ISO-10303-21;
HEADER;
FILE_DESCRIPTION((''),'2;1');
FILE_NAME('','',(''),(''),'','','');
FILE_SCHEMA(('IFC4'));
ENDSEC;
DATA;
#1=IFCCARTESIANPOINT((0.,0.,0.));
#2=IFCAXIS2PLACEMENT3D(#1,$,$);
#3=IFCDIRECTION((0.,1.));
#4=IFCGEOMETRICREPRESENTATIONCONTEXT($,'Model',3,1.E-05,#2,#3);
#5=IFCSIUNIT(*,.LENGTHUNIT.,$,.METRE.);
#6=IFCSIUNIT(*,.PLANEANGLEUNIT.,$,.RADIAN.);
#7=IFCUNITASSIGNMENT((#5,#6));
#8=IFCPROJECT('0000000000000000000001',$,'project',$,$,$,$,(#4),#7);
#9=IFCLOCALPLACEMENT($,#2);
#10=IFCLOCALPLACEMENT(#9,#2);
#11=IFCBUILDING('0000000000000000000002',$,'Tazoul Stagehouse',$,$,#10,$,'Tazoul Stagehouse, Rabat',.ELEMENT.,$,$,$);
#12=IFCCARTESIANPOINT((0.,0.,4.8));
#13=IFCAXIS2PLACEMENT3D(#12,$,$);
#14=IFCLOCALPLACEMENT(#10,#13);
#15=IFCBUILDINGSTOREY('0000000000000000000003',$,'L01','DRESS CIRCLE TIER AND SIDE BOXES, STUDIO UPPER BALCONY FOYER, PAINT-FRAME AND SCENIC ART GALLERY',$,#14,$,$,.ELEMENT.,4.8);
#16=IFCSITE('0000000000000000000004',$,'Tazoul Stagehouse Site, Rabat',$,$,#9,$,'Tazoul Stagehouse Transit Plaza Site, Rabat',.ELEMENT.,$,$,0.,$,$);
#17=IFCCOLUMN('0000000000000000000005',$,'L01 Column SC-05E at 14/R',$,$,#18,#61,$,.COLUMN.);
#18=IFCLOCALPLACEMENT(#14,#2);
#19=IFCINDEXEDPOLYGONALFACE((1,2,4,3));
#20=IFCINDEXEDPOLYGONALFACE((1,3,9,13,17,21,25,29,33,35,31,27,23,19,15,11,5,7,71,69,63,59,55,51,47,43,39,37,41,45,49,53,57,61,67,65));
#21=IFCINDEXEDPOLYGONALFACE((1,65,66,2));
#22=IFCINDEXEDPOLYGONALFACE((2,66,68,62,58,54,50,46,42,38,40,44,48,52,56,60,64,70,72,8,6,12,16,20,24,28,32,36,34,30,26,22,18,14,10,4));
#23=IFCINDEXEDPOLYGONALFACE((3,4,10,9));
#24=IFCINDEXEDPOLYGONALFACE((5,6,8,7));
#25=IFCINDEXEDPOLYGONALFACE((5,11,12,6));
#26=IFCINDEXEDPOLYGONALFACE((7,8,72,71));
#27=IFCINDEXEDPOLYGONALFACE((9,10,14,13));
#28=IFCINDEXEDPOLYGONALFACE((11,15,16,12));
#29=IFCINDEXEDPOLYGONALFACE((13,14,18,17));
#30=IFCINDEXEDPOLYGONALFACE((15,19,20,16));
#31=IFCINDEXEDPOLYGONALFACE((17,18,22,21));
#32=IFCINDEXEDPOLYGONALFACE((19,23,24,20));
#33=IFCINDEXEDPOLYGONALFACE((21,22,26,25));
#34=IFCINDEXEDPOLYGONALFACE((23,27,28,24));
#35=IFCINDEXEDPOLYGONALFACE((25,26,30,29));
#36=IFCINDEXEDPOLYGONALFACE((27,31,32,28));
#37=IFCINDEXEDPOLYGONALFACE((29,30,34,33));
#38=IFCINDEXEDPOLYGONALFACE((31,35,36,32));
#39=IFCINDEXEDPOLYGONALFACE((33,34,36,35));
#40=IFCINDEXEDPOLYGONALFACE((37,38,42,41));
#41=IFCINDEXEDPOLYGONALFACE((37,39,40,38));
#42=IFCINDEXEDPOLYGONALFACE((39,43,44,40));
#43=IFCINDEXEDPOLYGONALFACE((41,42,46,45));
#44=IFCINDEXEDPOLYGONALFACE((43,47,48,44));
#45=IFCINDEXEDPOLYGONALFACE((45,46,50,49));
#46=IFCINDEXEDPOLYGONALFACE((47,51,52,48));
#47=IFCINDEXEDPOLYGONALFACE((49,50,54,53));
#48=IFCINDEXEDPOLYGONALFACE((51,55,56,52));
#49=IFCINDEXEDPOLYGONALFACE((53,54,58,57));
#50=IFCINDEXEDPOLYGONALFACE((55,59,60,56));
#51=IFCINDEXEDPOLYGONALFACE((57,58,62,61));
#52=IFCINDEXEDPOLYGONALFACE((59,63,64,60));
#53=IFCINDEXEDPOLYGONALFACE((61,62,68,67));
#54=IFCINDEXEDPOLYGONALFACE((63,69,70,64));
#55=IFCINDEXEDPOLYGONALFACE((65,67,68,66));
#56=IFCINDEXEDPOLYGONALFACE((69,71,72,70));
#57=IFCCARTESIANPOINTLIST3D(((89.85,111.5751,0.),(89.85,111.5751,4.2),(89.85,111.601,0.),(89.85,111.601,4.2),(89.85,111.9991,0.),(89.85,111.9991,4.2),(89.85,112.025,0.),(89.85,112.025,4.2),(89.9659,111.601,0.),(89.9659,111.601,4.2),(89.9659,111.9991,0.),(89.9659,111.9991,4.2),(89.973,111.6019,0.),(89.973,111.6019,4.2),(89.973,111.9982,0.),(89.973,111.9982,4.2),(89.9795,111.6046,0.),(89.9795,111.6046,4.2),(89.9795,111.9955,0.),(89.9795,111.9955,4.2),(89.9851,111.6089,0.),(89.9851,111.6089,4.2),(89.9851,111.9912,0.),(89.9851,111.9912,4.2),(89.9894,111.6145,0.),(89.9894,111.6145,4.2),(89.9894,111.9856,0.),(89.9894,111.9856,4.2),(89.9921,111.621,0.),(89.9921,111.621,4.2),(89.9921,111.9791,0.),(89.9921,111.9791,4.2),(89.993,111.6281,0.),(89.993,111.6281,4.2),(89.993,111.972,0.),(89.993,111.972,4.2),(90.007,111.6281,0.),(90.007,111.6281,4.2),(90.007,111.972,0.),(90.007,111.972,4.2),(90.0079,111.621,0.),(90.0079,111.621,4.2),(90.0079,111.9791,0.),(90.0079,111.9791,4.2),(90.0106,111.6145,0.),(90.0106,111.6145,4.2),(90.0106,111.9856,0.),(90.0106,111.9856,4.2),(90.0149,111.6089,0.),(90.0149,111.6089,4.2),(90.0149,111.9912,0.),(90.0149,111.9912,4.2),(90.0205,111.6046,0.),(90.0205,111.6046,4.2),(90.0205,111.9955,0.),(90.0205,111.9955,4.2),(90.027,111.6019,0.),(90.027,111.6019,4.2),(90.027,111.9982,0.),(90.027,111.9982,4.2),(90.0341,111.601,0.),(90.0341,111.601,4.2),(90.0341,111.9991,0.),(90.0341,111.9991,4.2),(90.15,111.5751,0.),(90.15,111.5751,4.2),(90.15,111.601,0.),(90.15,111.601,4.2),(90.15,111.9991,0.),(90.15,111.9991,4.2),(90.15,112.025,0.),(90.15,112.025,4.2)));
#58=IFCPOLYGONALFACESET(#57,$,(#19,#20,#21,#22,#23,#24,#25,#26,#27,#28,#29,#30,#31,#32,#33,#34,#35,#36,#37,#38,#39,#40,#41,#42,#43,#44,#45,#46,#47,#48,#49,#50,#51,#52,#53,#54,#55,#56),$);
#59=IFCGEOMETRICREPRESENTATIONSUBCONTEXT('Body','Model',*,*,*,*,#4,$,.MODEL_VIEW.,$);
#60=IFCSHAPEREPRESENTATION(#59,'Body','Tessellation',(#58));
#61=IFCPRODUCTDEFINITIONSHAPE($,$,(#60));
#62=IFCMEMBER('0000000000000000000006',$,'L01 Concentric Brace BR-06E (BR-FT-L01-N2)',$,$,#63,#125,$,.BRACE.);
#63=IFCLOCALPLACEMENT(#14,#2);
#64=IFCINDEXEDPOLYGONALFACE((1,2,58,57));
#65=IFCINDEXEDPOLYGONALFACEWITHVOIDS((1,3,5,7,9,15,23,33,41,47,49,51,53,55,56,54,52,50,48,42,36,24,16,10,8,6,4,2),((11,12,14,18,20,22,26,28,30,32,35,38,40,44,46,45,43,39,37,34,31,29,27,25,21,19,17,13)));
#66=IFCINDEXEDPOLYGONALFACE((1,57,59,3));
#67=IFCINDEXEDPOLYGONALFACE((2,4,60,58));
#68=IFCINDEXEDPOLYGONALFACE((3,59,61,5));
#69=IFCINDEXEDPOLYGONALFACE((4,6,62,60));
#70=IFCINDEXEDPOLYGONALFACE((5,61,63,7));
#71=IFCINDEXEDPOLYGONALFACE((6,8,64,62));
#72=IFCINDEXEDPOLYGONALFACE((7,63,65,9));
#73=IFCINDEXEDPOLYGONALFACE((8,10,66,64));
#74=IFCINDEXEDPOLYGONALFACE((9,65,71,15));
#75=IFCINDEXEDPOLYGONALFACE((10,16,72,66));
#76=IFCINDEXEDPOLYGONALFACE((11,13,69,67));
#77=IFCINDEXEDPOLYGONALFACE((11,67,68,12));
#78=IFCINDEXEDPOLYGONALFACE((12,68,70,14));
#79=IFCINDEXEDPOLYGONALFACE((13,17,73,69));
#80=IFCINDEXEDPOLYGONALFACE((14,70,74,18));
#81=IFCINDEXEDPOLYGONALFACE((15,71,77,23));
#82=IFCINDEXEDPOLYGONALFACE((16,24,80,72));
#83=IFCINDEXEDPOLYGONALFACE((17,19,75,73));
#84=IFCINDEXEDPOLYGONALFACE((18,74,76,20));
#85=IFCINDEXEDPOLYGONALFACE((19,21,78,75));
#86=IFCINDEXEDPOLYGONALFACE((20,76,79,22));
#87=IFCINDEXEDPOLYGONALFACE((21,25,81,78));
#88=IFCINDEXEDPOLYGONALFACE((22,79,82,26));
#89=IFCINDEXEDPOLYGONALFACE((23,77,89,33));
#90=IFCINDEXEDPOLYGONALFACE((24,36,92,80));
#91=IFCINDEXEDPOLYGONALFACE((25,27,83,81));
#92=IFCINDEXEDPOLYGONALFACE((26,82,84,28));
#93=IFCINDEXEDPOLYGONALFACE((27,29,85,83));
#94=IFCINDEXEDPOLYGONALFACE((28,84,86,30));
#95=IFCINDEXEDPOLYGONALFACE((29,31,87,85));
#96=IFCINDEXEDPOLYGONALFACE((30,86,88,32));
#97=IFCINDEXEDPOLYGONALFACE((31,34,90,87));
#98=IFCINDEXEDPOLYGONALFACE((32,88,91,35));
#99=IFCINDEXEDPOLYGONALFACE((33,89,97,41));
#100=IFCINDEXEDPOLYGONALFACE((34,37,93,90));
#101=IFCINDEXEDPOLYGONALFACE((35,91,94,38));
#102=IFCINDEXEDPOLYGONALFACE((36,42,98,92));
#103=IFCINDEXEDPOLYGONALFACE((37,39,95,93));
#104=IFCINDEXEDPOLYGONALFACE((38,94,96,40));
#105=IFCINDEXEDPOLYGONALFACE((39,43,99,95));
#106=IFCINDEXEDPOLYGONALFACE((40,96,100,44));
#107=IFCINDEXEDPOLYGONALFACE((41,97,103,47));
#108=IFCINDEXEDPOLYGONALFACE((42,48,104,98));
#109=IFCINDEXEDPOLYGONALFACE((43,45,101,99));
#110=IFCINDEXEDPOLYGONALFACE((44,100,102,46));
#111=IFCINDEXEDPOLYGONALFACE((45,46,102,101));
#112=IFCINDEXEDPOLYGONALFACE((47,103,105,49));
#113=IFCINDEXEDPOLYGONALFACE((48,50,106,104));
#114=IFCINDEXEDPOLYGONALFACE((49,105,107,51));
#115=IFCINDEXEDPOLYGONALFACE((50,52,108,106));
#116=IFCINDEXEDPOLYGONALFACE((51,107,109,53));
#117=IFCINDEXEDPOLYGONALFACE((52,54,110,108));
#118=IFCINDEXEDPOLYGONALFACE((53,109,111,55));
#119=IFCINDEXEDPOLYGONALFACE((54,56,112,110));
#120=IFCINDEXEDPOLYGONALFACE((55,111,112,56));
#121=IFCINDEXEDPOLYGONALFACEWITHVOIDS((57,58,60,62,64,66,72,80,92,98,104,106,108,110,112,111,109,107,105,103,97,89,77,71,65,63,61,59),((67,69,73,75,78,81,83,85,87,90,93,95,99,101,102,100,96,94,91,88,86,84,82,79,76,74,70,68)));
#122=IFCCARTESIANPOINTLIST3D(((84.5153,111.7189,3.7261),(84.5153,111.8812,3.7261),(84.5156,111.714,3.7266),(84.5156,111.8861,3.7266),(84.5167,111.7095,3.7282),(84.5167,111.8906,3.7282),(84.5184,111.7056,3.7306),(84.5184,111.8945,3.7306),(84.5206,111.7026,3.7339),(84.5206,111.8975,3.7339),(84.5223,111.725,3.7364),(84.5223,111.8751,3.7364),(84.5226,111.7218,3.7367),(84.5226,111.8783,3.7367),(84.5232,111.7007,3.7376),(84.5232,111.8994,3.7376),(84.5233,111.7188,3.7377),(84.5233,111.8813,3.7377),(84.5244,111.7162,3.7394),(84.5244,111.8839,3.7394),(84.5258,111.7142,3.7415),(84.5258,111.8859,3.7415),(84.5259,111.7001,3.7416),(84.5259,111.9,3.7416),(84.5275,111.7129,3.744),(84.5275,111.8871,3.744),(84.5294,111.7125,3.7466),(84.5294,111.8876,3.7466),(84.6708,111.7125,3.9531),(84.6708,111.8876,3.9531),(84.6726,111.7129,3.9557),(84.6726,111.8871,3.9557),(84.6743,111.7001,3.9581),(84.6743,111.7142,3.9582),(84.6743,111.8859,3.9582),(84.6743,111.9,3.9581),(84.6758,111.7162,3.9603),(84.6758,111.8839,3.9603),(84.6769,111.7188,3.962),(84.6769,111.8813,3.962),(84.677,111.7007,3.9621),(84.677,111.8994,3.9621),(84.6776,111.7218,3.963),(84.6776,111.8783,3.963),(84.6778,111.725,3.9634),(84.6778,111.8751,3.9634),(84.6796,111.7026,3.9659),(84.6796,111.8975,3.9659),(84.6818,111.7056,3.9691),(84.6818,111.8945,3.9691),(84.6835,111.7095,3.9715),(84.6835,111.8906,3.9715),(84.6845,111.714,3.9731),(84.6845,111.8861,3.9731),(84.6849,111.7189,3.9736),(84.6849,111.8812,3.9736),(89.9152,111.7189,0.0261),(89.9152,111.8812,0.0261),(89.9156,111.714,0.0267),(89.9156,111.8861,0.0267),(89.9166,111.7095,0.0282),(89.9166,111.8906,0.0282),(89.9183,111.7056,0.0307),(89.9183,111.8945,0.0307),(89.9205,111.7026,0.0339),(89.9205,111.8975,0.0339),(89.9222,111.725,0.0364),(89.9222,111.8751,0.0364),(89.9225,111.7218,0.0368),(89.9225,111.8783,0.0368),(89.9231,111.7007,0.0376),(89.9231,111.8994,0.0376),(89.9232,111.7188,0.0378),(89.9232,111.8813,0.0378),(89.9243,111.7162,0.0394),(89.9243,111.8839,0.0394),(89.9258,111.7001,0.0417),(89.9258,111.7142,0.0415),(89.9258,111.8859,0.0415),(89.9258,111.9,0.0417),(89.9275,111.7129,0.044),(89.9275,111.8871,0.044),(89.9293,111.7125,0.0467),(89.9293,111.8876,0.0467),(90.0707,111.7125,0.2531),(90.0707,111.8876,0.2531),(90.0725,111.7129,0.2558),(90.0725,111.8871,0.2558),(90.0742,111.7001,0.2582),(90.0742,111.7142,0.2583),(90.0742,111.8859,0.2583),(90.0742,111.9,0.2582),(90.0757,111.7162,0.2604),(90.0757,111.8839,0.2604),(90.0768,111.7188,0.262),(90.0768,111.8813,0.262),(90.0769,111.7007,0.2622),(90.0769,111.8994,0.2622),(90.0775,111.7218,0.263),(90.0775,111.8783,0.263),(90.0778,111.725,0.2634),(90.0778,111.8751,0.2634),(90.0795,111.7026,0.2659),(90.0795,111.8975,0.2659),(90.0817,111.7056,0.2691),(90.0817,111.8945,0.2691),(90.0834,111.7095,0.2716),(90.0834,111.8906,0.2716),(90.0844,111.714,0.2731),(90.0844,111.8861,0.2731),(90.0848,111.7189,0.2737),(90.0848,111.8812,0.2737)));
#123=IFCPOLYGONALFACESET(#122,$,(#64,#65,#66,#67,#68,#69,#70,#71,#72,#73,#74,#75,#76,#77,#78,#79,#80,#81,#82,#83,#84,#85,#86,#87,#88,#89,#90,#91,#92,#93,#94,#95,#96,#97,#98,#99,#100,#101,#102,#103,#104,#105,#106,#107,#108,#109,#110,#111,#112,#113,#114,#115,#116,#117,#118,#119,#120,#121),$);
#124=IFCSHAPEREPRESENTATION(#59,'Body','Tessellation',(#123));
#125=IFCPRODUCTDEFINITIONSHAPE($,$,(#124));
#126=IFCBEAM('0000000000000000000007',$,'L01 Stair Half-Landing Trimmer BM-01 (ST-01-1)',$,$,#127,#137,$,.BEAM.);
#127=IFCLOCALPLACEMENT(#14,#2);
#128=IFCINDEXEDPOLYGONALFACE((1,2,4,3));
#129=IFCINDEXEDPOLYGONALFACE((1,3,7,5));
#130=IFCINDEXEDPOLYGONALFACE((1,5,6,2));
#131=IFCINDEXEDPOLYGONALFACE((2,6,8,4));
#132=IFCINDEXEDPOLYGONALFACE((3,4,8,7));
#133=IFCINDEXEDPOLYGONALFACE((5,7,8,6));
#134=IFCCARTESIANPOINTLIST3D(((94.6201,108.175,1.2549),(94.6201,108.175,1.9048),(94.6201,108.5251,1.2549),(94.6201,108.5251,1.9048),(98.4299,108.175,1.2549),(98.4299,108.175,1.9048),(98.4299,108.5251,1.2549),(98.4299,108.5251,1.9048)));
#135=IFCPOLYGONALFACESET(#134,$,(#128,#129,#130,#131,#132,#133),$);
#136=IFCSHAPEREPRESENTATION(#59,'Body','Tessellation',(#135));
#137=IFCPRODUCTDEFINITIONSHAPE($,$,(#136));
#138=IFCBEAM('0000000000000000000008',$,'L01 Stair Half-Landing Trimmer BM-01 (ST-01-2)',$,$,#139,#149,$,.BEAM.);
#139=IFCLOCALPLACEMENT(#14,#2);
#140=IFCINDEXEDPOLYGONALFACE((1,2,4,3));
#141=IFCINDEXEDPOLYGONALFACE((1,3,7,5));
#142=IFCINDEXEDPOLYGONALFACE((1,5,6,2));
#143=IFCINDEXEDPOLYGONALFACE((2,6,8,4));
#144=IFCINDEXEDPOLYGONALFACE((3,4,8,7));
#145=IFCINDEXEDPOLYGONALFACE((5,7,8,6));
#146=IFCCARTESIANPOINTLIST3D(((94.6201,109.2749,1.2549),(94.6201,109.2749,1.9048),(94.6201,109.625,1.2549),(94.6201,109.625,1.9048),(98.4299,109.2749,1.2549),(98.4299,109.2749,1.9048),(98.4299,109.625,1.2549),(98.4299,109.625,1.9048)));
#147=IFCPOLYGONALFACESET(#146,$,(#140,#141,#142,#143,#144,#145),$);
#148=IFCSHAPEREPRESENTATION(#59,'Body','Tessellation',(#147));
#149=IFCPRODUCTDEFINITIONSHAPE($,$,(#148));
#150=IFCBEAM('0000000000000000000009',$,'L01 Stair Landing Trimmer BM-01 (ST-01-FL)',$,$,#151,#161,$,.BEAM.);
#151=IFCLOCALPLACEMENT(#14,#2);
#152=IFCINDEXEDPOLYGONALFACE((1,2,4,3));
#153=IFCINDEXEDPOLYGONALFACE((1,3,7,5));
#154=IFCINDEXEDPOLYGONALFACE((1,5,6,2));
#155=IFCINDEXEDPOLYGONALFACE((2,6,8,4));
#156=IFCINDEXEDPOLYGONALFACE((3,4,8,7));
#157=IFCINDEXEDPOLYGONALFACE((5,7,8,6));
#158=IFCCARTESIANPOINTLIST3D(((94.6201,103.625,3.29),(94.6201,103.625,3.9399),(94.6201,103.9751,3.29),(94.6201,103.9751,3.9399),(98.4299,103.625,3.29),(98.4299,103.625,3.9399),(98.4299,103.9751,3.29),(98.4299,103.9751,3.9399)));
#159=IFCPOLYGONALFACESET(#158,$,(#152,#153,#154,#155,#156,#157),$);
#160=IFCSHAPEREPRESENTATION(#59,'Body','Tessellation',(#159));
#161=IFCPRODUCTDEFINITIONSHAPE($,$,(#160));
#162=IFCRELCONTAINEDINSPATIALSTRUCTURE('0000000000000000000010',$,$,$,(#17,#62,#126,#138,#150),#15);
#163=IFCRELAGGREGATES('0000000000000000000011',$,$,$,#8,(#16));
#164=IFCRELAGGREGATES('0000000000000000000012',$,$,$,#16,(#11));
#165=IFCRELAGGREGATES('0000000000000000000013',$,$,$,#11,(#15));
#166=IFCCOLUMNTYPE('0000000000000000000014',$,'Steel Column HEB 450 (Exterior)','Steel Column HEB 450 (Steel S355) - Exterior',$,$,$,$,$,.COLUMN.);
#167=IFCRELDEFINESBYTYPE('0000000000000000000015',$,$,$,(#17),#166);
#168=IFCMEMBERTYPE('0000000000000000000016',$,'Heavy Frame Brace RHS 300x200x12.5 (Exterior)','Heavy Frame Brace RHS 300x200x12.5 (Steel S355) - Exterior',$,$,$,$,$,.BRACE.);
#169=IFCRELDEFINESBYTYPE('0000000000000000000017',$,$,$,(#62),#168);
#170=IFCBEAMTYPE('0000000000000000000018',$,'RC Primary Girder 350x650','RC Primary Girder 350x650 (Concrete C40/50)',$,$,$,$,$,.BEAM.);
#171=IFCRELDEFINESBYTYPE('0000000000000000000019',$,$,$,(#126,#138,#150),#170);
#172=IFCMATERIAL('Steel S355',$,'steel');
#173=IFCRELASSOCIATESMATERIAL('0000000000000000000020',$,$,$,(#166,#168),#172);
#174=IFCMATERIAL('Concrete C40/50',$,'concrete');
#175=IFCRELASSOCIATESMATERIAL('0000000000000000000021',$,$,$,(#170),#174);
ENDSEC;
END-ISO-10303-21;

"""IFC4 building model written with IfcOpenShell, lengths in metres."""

from ifc_helpers import new_model, si_unit, direction, frame, origin, origin_2d, place, context, subcontext, project, spatial, rectangle, hollow_rectangle, i_section, extrude, material, material_profile, profile_set, type_object, element, save


model = new_model("IFC4")

# Units and contexts
model_context = context("Model", 3, precision=1e-05, world=origin(), true_north=direction((0.0, 1.0)))
body_context = subcontext(model_context, "Body", "Model", "MODEL_VIEW")
ifc_project = project(units=[si_unit("LENGTHUNIT", "METRE"), si_unit("PLANEANGLEUNIT", "RADIAN")], contexts=[model_context])

# Site, building, storey
site_placement = place(None, origin())
site = spatial("IfcSite", under=ifc_project, at=site_placement, Name="Tazoul Stagehouse Site, Rabat", LongName="Tazoul Stagehouse Transit Plaza Site, Rabat", CompositionType="ELEMENT", RefElevation=0.0)
building_placement = place(site_placement, origin())
building = spatial("IfcBuilding", under=site, at=building_placement, Name="Tazoul Stagehouse", LongName="Tazoul Stagehouse, Rabat", CompositionType="ELEMENT")
storey_placement = place(building_placement, frame((0.0, 0.0, 4.8)))
storey = spatial("IfcBuildingStorey", under=building, at=storey_placement, Name="L01", Description="DRESS CIRCLE TIER AND SIDE BOXES, STUDIO UPPER BALCONY FOYER, PAINT-FRAME AND SCENIC ART GALLERY", CompositionType="ELEMENT", Elevation=4.8)

# Column
ifc_material_1 = material(Name="Steel S355", Category="steel")
ifc_material_profile_1 = material_profile(ifc_material_1, i_section(OverallWidth=0.3, OverallDepth=0.45, WebThickness=0.0139, FlangeThickness=0.0259, FilletRadius=0.0271, at=origin_2d()), Name="HEB 450")
ifc_profile_set_1 = profile_set([ifc_material_profile_1], Name="Steel S355")
column_type_1 = type_object("IfcColumnType", Name="Steel Column HEB 450 (Exterior)", Description="Steel Column HEB 450 (Steel S355) - Exterior", PredefinedType="COLUMN", material=ifc_profile_set_1)
column_1_placement = place(storey_placement, frame((90.0, 111.8, 0.0), z_axis=(0.0, 0.0, 1.0), x_axis=(1.0, 0.0, 0.0)))
element("IfcColumn", 1, at=column_1_placement, inside=storey, type_object=column_type_1, Name="L01 Column SC-05E at 14/R", PredefinedType="COLUMN", context=body_context, shape_type="SweptSolid", body=[
    extrude(i_section(OverallWidth=0.3, OverallDepth=0.45, WebThickness=0.0139, FlangeThickness=0.0259, FilletRadius=0.0271, at=origin_2d()), origin(), (0.0, 0.0, 1.0), 4.2),
])

# Member
ifc_material_profile_2 = material_profile(ifc_material_1, hollow_rectangle(XDim=0.2, YDim=0.3, WallThickness=0.0125, InnerFilletRadius=0.0125, OuterFilletRadius=0.0188, at=origin_2d()), Name="RHS 300x200x12.5")
ifc_profile_set_2 = profile_set([ifc_material_profile_2], Name="Steel S355")
member_type = type_object("IfcMemberType", Name="Heavy Frame Brace RHS 300x200x12.5 (Exterior)", Description="Heavy Frame Brace RHS 300x200x12.5 (Steel S355) - Exterior", PredefinedType="BRACE", material=ifc_profile_set_2)
member_placement = place(storey_placement, frame((90.0, 111.8, 0.1499), z_axis=(-0.824931, 0.0, 0.565233), x_axis=(0.0, -1.0, 0.0)))
element("IfcMember", 2, at=member_placement, inside=storey, type_object=member_type, Name="L01 Concentric Brace BR-06E (BR-FT-L01-N2)", PredefinedType="BRACE", context=body_context, shape_type="SweptSolid", body=[
    extrude(hollow_rectangle(XDim=0.2, YDim=0.3, WallThickness=0.0125, InnerFilletRadius=0.0125, OuterFilletRadius=0.0188, at=origin_2d()), origin(), (0.0, 0.0, 1.0), 6.5459),
])

# Beams
ifc_material_2 = material(Name="Concrete C40/50", Category="concrete")
ifc_material_profile_3 = material_profile(ifc_material_2, rectangle(XDim=0.3501, YDim=0.6499, at=origin_2d()), Name="RC 350x650")
ifc_profile_set_3 = profile_set([ifc_material_profile_3], Name="Concrete C40/50")
beam_type_1 = type_object("IfcBeamType", Name="RC Primary Girder 350x650", Description="RC Primary Girder 350x650 (Concrete C40/50)", PredefinedType="BEAM", material=ifc_profile_set_3)
for number, where, z_axis, x_axis, name in (
    (3, (94.6201, 108.3501, 1.5798), (1.0, 0.0, 0.0), (0.0, 1.0, 0.0), "L01 Stair Half-Landing Trimmer BM-01 (ST-01-1)"),
    (4, (94.6201, 109.45, 1.5798), (1.0, 0.0, 0.0), (0.0, 1.0, 0.0), "L01 Stair Half-Landing Trimmer BM-01 (ST-01-2)"),
    (5, (94.6201, 103.8, 3.615), (1.0, 0.0, 0.0), (0.0, 1.0, 0.0), "L01 Stair Landing Trimmer BM-01 (ST-01-FL)"),
):
    element("IfcBeam", number, at=place(storey_placement, frame(where, z_axis=z_axis, x_axis=x_axis)), inside=storey, type_object=beam_type_1, Name=name, PredefinedType="BEAM", context=body_context, shape_type="SweptSolid", body=[
        extrude(rectangle(XDim=0.3501, YDim=0.6499, at=origin_2d()), origin(), (0.0, 0.0, 1.0), 3.8098),
    ])

save(model, "model.ifc")
